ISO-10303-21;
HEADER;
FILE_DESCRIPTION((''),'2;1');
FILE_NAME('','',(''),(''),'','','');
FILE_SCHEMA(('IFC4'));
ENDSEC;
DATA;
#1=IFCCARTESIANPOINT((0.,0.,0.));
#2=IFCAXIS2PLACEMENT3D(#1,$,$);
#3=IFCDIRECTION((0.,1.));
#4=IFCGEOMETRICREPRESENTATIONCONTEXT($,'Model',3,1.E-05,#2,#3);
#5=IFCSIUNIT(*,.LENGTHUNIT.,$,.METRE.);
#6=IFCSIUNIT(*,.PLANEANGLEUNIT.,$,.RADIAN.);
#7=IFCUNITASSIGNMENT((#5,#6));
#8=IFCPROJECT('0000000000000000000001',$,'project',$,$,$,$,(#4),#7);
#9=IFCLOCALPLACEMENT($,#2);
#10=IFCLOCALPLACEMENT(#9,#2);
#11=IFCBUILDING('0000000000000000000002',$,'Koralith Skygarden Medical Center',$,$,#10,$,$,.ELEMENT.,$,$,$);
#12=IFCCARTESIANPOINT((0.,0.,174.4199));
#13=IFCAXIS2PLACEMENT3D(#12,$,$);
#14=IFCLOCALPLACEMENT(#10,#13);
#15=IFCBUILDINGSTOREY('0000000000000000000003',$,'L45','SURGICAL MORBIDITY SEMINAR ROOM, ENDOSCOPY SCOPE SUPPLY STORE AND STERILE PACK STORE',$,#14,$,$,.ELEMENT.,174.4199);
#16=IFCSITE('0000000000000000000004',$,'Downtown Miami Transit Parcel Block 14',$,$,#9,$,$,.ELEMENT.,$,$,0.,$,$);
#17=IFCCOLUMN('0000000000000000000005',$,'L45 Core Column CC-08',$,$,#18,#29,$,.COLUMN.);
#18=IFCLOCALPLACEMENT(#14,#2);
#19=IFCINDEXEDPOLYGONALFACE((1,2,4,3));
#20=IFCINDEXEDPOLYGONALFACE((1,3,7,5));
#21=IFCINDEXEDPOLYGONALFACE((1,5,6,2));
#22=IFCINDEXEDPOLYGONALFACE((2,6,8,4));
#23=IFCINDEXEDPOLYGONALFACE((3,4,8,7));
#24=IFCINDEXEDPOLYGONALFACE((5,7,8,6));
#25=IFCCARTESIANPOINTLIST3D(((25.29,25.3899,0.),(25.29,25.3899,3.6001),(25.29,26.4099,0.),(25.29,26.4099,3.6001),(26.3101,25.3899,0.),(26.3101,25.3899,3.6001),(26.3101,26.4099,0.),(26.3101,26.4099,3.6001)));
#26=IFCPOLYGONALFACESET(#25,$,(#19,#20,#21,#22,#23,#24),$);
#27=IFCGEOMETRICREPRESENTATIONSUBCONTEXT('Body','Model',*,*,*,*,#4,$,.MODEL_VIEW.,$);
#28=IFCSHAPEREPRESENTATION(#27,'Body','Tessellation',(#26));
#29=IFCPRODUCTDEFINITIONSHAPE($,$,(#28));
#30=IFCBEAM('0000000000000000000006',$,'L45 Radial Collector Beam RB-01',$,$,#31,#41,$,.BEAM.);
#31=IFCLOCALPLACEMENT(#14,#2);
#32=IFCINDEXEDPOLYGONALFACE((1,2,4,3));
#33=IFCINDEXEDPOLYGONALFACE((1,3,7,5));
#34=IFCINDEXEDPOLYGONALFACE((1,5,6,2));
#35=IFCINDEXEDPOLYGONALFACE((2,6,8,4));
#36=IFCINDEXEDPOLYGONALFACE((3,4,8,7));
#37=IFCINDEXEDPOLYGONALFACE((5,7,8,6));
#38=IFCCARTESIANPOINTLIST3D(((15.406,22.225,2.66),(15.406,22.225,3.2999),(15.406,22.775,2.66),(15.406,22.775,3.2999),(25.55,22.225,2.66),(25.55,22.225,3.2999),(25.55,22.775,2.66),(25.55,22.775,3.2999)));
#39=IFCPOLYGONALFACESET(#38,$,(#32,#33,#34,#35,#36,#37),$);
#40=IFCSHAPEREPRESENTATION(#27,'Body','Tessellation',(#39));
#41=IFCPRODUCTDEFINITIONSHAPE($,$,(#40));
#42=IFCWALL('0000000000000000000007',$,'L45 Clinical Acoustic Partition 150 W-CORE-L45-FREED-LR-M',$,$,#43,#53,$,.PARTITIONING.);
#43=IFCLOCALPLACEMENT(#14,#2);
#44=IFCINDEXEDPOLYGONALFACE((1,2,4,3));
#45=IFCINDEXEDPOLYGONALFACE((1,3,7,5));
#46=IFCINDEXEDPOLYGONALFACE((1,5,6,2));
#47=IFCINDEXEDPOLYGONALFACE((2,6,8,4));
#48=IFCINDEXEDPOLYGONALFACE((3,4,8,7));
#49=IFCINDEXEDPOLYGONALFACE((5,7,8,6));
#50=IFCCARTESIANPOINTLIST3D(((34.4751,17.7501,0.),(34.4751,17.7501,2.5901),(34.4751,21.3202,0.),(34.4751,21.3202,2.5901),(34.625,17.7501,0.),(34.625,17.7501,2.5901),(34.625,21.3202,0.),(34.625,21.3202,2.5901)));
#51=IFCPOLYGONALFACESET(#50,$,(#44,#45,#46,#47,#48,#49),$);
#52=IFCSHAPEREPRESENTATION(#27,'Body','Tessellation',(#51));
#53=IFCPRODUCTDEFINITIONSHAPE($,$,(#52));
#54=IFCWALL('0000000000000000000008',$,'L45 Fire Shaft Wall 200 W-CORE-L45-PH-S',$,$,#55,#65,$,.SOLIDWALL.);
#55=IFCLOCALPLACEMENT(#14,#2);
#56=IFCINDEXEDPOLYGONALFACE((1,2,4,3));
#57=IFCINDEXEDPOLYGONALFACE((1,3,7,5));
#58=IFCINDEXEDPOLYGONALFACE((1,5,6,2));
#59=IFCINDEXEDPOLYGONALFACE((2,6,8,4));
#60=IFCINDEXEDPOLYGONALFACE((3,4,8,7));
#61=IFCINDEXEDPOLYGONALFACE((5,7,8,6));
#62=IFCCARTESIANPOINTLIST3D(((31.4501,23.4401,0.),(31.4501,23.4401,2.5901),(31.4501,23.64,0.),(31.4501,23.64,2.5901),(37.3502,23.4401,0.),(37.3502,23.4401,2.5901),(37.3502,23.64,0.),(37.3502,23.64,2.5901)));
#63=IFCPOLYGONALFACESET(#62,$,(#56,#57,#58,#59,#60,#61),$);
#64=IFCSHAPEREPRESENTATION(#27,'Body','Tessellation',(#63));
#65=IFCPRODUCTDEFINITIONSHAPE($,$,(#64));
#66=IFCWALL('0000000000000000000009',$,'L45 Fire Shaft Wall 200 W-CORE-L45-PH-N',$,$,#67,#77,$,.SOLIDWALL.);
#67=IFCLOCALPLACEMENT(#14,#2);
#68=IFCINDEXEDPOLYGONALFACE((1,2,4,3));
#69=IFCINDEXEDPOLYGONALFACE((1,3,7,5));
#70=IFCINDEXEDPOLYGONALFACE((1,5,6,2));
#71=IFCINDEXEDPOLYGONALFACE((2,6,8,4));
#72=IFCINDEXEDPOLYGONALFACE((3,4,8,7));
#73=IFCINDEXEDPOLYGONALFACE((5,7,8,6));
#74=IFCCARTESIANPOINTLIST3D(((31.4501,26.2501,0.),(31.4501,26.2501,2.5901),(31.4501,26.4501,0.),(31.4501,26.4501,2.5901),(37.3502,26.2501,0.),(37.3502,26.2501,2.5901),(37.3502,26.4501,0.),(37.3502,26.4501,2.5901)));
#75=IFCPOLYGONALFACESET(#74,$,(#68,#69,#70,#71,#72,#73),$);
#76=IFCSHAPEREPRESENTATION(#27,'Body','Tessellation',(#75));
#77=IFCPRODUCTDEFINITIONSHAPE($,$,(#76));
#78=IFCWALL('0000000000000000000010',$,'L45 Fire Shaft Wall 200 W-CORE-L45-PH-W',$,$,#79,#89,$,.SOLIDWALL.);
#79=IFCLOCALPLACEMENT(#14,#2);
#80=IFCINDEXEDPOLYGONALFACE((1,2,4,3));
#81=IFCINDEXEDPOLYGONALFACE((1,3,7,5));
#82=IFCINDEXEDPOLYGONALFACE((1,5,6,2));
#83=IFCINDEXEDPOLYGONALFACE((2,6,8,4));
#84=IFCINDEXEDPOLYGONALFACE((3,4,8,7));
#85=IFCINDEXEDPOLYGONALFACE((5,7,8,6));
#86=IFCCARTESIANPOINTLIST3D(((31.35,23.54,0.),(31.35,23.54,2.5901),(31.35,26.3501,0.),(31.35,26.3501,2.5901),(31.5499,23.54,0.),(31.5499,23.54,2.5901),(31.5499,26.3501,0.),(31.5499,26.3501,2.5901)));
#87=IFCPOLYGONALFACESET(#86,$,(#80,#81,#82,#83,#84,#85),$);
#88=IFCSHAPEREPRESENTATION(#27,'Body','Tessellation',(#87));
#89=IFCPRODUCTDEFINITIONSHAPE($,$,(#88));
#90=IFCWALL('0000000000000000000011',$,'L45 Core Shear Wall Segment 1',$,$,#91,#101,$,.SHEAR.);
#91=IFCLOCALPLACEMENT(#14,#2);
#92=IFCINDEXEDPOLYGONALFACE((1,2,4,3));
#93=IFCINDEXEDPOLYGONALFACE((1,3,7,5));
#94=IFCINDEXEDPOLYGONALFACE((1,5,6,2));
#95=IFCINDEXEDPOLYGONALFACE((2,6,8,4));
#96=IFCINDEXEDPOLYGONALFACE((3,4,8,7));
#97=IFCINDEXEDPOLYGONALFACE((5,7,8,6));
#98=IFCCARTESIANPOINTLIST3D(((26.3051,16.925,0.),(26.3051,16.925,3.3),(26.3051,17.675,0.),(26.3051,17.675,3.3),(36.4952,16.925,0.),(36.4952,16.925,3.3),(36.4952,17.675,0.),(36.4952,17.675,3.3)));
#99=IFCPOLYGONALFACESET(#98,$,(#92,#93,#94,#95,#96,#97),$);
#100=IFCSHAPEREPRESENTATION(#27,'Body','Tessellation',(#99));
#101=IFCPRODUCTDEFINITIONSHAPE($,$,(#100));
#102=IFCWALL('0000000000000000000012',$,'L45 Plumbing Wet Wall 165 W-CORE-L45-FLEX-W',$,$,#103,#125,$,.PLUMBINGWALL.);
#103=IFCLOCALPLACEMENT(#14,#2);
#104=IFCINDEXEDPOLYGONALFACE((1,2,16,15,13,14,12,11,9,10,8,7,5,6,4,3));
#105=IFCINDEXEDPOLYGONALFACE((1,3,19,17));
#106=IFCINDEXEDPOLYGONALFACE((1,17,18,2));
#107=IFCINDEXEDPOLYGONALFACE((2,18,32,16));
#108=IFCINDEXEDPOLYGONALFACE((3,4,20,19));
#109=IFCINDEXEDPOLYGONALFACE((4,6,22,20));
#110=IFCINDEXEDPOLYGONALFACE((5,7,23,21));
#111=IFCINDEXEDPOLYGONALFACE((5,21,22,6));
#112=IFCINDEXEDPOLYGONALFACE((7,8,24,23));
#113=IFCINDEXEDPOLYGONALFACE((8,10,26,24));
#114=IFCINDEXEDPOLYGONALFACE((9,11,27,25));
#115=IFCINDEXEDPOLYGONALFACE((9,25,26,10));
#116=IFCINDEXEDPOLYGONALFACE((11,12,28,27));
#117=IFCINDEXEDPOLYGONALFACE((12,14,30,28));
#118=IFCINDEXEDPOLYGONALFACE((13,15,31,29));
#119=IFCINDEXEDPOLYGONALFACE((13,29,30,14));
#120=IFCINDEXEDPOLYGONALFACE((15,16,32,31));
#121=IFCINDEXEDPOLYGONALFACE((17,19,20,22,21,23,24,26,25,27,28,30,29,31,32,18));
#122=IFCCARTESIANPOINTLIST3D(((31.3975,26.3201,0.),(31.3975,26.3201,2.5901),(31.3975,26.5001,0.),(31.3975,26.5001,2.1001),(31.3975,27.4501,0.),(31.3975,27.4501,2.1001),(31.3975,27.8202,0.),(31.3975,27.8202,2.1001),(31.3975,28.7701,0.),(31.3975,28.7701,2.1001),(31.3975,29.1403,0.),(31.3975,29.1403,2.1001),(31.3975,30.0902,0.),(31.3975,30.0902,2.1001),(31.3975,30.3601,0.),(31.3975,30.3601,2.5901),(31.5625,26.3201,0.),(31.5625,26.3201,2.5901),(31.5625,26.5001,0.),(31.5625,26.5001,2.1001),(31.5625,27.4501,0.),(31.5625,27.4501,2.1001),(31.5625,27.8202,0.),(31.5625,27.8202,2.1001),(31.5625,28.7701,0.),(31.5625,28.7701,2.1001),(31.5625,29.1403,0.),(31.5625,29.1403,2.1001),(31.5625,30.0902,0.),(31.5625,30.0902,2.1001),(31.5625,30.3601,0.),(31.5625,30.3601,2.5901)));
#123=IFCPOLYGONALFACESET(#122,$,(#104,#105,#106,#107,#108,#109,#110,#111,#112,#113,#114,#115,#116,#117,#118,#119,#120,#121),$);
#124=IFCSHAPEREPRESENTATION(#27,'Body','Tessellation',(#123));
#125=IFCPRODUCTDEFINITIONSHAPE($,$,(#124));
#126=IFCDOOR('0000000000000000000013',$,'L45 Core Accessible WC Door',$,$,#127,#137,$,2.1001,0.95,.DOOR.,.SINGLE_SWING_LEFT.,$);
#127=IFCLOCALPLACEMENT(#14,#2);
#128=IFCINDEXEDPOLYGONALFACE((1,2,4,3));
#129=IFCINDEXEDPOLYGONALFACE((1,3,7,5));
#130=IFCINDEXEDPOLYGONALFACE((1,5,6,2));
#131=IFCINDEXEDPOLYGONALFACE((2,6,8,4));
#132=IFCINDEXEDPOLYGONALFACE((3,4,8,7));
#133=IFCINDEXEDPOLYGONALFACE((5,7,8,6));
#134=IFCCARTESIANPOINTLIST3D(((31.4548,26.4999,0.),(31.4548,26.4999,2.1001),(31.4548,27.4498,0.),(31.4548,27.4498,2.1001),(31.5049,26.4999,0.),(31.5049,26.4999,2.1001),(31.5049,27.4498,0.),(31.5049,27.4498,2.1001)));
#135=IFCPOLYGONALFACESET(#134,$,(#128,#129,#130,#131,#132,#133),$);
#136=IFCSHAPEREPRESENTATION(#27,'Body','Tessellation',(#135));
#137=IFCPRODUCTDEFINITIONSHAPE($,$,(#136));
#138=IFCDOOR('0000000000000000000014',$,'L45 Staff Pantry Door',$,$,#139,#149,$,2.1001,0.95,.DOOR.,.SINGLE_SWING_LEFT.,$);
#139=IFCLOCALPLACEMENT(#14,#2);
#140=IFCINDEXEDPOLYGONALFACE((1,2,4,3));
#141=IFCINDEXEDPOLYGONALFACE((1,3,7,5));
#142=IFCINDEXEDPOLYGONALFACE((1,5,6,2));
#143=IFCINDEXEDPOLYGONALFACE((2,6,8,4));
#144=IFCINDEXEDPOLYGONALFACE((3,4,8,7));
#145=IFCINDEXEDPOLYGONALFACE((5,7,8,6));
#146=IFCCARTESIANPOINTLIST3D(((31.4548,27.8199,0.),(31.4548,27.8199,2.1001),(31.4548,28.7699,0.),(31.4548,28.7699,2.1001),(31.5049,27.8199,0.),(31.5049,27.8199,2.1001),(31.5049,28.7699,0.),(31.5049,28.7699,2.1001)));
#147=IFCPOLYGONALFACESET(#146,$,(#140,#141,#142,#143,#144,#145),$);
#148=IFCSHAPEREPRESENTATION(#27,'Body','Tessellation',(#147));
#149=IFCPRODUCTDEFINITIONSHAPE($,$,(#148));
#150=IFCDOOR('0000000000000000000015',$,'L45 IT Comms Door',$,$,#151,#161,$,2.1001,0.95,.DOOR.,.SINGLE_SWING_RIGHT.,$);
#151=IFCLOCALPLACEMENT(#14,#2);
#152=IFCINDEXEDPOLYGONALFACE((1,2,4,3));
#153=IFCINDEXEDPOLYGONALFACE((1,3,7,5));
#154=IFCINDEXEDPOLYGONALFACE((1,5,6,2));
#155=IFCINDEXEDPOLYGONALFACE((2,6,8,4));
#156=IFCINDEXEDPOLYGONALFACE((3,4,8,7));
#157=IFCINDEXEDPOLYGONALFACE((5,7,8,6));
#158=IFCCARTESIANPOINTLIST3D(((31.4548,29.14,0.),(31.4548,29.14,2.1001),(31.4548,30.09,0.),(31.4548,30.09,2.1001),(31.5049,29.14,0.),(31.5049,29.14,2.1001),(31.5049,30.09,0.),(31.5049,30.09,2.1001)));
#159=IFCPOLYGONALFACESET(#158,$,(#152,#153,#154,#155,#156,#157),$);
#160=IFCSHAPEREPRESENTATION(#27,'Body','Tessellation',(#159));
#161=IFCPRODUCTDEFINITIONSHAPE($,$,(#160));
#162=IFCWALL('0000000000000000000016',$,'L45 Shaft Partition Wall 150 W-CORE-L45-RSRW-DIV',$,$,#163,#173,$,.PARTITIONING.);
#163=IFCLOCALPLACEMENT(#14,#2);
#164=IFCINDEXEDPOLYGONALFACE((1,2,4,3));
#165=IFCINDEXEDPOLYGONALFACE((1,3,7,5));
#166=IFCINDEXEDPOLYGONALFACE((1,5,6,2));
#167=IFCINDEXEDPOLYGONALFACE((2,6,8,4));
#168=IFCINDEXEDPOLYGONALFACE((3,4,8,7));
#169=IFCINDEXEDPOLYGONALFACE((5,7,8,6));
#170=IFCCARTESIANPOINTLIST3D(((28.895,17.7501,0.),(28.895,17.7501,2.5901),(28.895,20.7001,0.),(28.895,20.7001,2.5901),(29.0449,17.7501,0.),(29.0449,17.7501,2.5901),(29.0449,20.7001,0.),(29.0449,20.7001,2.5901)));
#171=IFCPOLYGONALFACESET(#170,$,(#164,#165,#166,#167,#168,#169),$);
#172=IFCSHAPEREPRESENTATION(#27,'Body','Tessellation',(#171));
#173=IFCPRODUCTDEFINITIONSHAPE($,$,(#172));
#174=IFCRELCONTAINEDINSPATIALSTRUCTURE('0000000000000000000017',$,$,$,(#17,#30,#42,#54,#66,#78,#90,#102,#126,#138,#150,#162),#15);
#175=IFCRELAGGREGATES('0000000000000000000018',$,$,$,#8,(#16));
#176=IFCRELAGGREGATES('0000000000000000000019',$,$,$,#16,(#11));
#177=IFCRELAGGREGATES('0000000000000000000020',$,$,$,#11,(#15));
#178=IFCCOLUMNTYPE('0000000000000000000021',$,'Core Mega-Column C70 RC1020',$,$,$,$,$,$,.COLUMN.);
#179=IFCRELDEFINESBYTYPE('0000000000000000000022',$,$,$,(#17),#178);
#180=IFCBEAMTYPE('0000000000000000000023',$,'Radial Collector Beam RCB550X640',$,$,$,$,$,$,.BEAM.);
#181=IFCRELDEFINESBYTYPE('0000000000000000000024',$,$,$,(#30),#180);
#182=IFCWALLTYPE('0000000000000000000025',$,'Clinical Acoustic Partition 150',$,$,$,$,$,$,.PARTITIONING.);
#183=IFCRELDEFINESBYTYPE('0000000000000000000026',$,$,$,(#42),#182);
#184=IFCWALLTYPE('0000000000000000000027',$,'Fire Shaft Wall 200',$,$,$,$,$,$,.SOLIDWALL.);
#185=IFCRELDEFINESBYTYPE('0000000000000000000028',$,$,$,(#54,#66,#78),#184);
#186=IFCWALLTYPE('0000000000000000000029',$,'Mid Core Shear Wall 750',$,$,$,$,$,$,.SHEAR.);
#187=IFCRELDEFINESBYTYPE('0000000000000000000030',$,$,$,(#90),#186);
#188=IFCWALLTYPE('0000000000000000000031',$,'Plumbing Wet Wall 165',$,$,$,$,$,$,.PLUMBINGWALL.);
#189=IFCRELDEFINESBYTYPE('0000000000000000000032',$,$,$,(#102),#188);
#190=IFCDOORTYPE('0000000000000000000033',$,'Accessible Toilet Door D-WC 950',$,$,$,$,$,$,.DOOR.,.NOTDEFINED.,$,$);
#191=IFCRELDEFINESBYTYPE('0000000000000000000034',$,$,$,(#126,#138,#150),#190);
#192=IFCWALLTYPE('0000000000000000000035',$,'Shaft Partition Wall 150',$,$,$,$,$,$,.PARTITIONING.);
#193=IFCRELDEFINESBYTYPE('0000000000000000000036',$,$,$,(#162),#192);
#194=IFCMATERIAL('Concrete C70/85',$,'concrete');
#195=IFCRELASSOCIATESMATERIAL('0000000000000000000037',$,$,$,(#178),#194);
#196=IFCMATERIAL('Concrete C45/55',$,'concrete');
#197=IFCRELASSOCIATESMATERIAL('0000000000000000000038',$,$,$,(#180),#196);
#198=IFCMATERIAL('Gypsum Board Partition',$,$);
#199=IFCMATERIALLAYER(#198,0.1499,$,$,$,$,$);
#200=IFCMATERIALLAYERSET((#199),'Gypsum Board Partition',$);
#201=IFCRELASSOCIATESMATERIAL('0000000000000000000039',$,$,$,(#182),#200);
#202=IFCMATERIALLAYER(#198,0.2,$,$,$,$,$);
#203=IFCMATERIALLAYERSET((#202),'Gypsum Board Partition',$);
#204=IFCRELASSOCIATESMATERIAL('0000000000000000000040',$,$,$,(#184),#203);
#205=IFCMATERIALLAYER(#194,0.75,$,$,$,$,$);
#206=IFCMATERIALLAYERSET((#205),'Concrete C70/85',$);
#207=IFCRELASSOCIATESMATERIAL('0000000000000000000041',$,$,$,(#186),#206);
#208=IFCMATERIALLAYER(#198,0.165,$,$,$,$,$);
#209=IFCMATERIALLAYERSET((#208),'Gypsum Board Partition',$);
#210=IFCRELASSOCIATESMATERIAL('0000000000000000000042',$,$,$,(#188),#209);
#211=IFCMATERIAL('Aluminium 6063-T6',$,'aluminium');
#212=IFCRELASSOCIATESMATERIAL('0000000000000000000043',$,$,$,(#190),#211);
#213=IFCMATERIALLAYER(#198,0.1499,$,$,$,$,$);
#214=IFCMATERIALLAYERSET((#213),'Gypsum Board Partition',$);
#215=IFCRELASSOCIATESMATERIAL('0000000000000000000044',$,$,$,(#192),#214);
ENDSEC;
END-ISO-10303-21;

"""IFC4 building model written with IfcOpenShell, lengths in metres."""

from ifc_helpers import new_model, si_unit, direction, frame, frame_2d, origin, origin_2d, place, context, subcontext, project, spatial, rectangle, extrude, material, layer, layer_set, material_profile, profile_set, type_object, element, fill, save


model = new_model("IFC4")

# Units and contexts
model_context = context("Model", 3, precision=1e-05, world=origin(), true_north=direction((0.0, 1.0)))
body_context = subcontext(model_context, "Body", "Model", "MODEL_VIEW")
ifc_project = project(units=[si_unit("LENGTHUNIT", "METRE"), si_unit("PLANEANGLEUNIT", "RADIAN")], contexts=[model_context])

# Site, building, storey
site_placement = place(None, origin())
site = spatial("IfcSite", under=ifc_project, at=site_placement, Name="Downtown Miami Transit Parcel Block 14", CompositionType="ELEMENT", RefElevation=0.0)
building_placement = place(site_placement, origin())
building = spatial("IfcBuilding", under=site, at=building_placement, Name="Koralith Skygarden Medical Center", CompositionType="ELEMENT")
storey_placement = place(building_placement, frame((0.0, 0.0, 174.4199)))
storey = spatial("IfcBuildingStorey", under=building, at=storey_placement, Name="L45", Description="SURGICAL MORBIDITY SEMINAR ROOM, ENDOSCOPY SCOPE SUPPLY STORE AND STERILE PACK STORE", CompositionType="ELEMENT", Elevation=174.4199)

# Column
ifc_material_1 = material(Name="Concrete C70/85", Category="concrete")
ifc_material_profile_1 = material_profile(ifc_material_1, rectangle(XDim=1.02, YDim=1.02, at=origin_2d()), Name="RC1020X1020")
ifc_profile_set_1 = profile_set([ifc_material_profile_1], Name="Concrete C70/85")
column_type = type_object("IfcColumnType", Name="Core Mega-Column C70 RC1020", PredefinedType="COLUMN", material=ifc_profile_set_1)
column_placement = place(storey_placement, frame((25.8, 25.8999, 0.0), z_axis=(0.0, 0.0, 1.0), x_axis=(1.0, 0.0, 0.0)))
element("IfcColumn", 1, at=column_placement, inside=storey, type_object=column_type, Name="L45 Core Column CC-08", PredefinedType="COLUMN", context=body_context, shape_type="SweptSolid", body=[
    extrude(rectangle(XDim=1.02, YDim=1.02, at=origin_2d()), origin(), (0.0, 0.0, 1.0), 3.6001),
])

# Beam
ifc_material_2 = material(Name="Concrete C45/55", Category="concrete")
ifc_material_profile_2 = material_profile(ifc_material_2, rectangle(XDim=0.55, YDim=0.6399, at=origin_2d()), Name="RCB550X640")
ifc_profile_set_2 = profile_set([ifc_material_profile_2], Name="Concrete C45/55")
beam_type = type_object("IfcBeamType", Name="Radial Collector Beam RCB550X640", PredefinedType="BEAM", material=ifc_profile_set_2)
beam_placement = place(storey_placement, frame((25.55, 22.5, 2.98), z_axis=(-1.0, 0.0, 0.0), x_axis=(0.0, -1.0, 0.0)))
element("IfcBeam", 2, at=beam_placement, inside=storey, type_object=beam_type, Name="L45 Radial Collector Beam RB-01", PredefinedType="BEAM", context=body_context, shape_type="SweptSolid", body=[
    extrude(rectangle(XDim=0.55, YDim=0.6399, at=origin_2d()), origin(), (0.0, 0.0, 1.0), 10.144),
])

# Shared definitions
ifc_material_3 = material(Name="Gypsum Board Partition")
ifc_layer_1 = layer(ifc_material_3, 0.1499)
ifc_layer_set_1 = layer_set([ifc_layer_1], Name="Gypsum Board Partition")
wall_type_1 = type_object("IfcWallType", Name="Clinical Acoustic Partition 150", PredefinedType="PARTITIONING", material=ifc_layer_set_1)
ifc_material_4 = material(Name="Aluminium 6063-T6", Category="aluminium")

# Wall
wall_1_placement = place(storey_placement, frame((34.55, 17.75, 0.0), z_axis=(0.0, 0.0, 1.0), x_axis=(0.0, 1.0, 0.0)))
element("IfcWall", 3, at=wall_1_placement, inside=storey, type_object=wall_type_1, Name="L45 Clinical Acoustic Partition 150 W-CORE-L45-FREED-LR-M", PredefinedType="PARTITIONING", context=body_context, shape_type="SweptSolid", body=[
    extrude(rectangle(XDim=3.5701, YDim=0.1499, at=frame_2d((1.7852, 0.0))), origin(), (0.0, 0.0, 1.0), 2.5901),
])

# Shared definitions
ifc_layer_2 = layer(ifc_material_3, 0.2)
ifc_layer_set_2 = layer_set([ifc_layer_2], Name="Gypsum Board Partition")
wall_type_2 = type_object("IfcWallType", Name="Fire Shaft Wall 200", PredefinedType="SOLIDWALL", material=ifc_layer_set_2)

# Walls
for number, where, z_axis, x_axis, name in (
    (4, (31.45, 23.54, 0.0), (0.0, 0.0, 1.0), (1.0, 0.0, 0.0), "L45 Fire Shaft Wall 200 W-CORE-L45-PH-S"),
    (5, (31.45, 26.3501, 0.0), (0.0, 0.0, 1.0), (1.0, 0.0, 0.0), "L45 Fire Shaft Wall 200 W-CORE-L45-PH-N"),
):
    element("IfcWall", number, at=place(storey_placement, frame(where, z_axis=z_axis, x_axis=x_axis)), inside=storey, type_object=wall_type_2, Name=name, PredefinedType="SOLIDWALL", context=body_context, shape_type="SweptSolid", body=[
        extrude(rectangle(XDim=5.9001, YDim=0.2, at=frame_2d((2.9502, 0.0))), origin(), (0.0, 0.0, 1.0), 2.5901),
    ])
wall_2_placement = place(storey_placement, frame((31.45, 23.54, 0.0), z_axis=(0.0, 0.0, 1.0), x_axis=(0.0, 1.0, 0.0)))
element("IfcWall", 6, at=wall_2_placement, inside=storey, type_object=wall_type_2, Name="L45 Fire Shaft Wall 200 W-CORE-L45-PH-W", PredefinedType="SOLIDWALL", context=body_context, shape_type="SweptSolid", body=[
    extrude(rectangle(XDim=2.8101, YDim=0.2, at=frame_2d((1.405, 0.0))), origin(), (0.0, 0.0, 1.0), 2.5901),
])
ifc_layer_3 = layer(ifc_material_1, 0.75)
ifc_layer_set_3 = layer_set([ifc_layer_3], Name="Concrete C70/85")
wall_type_3 = type_object("IfcWallType", Name="Mid Core Shear Wall 750", PredefinedType="SHEAR", material=ifc_layer_set_3)
wall_3_placement = place(storey_placement, frame((26.3049, 17.3, 0.0), z_axis=(0.0, 0.0, 1.0), x_axis=(1.0, 0.0, 0.0)))
element("IfcWall", 7, at=wall_3_placement, inside=storey, type_object=wall_type_3, Name="L45 Core Shear Wall Segment 1", PredefinedType="SHEAR", context=body_context, shape_type="SweptSolid", body=[
    extrude(rectangle(XDim=10.1902, YDim=0.75, at=frame_2d((5.0952, 0.0))), origin(), (0.0, 0.0, 1.0), 3.3),
])

# Wall, openings, doors
ifc_layer_4 = layer(ifc_material_3, 0.165)
ifc_layer_set_4 = layer_set([ifc_layer_4], Name="Gypsum Board Partition")
wall_type_4 = type_object("IfcWallType", Name="Plumbing Wet Wall 165", PredefinedType="PLUMBINGWALL", material=ifc_layer_set_4)
wall_4_placement = place(storey_placement, frame((31.48, 26.3201, 0.0), z_axis=(0.0, 0.0, 1.0), x_axis=(0.0, 1.0, 0.0)))
wall_4 = element("IfcWall", 8, at=wall_4_placement, inside=storey, type_object=wall_type_4, Name="L45 Plumbing Wet Wall 165 W-CORE-L45-FLEX-W", PredefinedType="PLUMBINGWALL", context=body_context, shape_type="SweptSolid", body=[
    extrude(rectangle(XDim=4.04, YDim=0.165, at=frame_2d((2.02, 0.0))), origin(), (0.0, 0.0, 1.0), 2.5901),
])
opening_1_placement = place(wall_4_placement, frame((0.1799, 0.0, 0.0)))
opening_1 = element("IfcOpeningElement", 9, at=opening_1_placement, cuts=wall_4, PredefinedType="OPENING", context=body_context, shape_type="SweptSolid", body=[
    extrude(rectangle(XDim=0.95, YDim=2.1001, at=frame_2d((0.4751, 1.05))), frame((0.0, 0.0925, 0.0), z_axis=(0.0, -1.0, 0.0), x_axis=(1.0, 0.0, 0.0)), (0.0, 0.0, 1.0), 0.1851),
])
opening_2_placement = place(wall_4_placement, frame((1.5, 0.0, 0.0)))
opening_2 = element("IfcOpeningElement", 10, at=opening_2_placement, cuts=wall_4, PredefinedType="OPENING", context=body_context, shape_type="SweptSolid", body=[
    extrude(rectangle(XDim=0.95, YDim=2.1001, at=frame_2d((0.4751, 1.05))), frame((0.0, 0.0925, 0.0), z_axis=(0.0, -1.0, 0.0), x_axis=(1.0, 0.0, 0.0)), (0.0, 0.0, 1.0), 0.1851),
])
opening_3_placement = place(wall_4_placement, frame((2.8201, 0.0, 0.0)))
opening_3 = element("IfcOpeningElement", 11, at=opening_3_placement, cuts=wall_4, PredefinedType="OPENING", context=body_context, shape_type="SweptSolid", body=[
    extrude(rectangle(XDim=0.95, YDim=2.1001, at=frame_2d((0.4751, 1.05))), frame((0.0, 0.0925, 0.0), z_axis=(0.0, -1.0, 0.0), x_axis=(1.0, 0.0, 0.0)), (0.0, 0.0, 1.0), 0.1851),
])
door_type_1 = type_object("IfcDoorType", Name="Accessible Toilet Door D-WC 950", OperationType="NOTDEFINED", PredefinedType="DOOR", material=ifc_material_4)
door_1_placement = place(opening_1_placement, frame((0.95, 0.0, 0.0), z_axis=(0.0, 0.0, 1.0), x_axis=(-1.0, 0.0, 0.0)))
door_1 = element("IfcDoor", 12, at=door_1_placement, inside=storey, type_object=door_type_1, Name="L45 Core Accessible WC Door", OperationType="SINGLE_SWING_LEFT", OverallHeight=2.1001, OverallWidth=0.95, PredefinedType="DOOR", context=body_context, shape_type="SweptSolid", body=[
    extrude(rectangle(XDim=0.95, YDim=2.1001, at=frame_2d((0.4751, 1.05))), frame((0.0, 0.0249, 0.0), z_axis=(0.0, -1.0, 0.0), x_axis=(1.0, 0.0, 0.0)), (0.0, 0.0, 1.0), 0.05),
])
fill(opening_1, door_1)
door_2_placement = place(opening_2_placement, frame((0.95, 0.0, 0.0), z_axis=(0.0, 0.0, 1.0), x_axis=(-1.0, 0.0, 0.0)))
door_2 = element("IfcDoor", 13, at=door_2_placement, inside=storey, type_object=door_type_1, Name="L45 Staff Pantry Door", OperationType="SINGLE_SWING_LEFT", OverallHeight=2.1001, OverallWidth=0.95, PredefinedType="DOOR", context=body_context, shape_type="SweptSolid", body=[
    extrude(rectangle(XDim=0.95, YDim=2.1001, at=frame_2d((0.4751, 1.05))), frame((0.0, 0.0249, 0.0), z_axis=(0.0, -1.0, 0.0), x_axis=(1.0, 0.0, 0.0)), (0.0, 0.0, 1.0), 0.05),
])
fill(opening_2, door_2)
door_3_placement = place(opening_3_placement, frame((0.95, 0.0, 0.0), z_axis=(0.0, 0.0, 1.0), x_axis=(-1.0, 0.0, 0.0)))
door_3 = element("IfcDoor", 14, at=door_3_placement, inside=storey, type_object=door_type_1, Name="L45 IT Comms Door", OperationType="SINGLE_SWING_RIGHT", OverallHeight=2.1001, OverallWidth=0.95, PredefinedType="DOOR", context=body_context, shape_type="SweptSolid", body=[
    extrude(rectangle(XDim=0.95, YDim=2.1001, at=frame_2d((0.4751, 1.05))), frame((0.0, 0.0249, 0.0), z_axis=(0.0, -1.0, 0.0), x_axis=(1.0, 0.0, 0.0)), (0.0, 0.0, 1.0), 0.05),
])
fill(opening_3, door_3)

# Wall
ifc_layer_5 = layer(ifc_material_3, 0.1499)
ifc_layer_set_5 = layer_set([ifc_layer_5], Name="Gypsum Board Partition")
wall_type_5 = type_object("IfcWallType", Name="Shaft Partition Wall 150", PredefinedType="PARTITIONING", material=ifc_layer_set_5)
wall_5_placement = place(storey_placement, frame((28.97, 17.75, 0.0), z_axis=(0.0, 0.0, 1.0), x_axis=(0.0, 1.0, 0.0)))
element("IfcWall", 15, at=wall_5_placement, inside=storey, type_object=wall_type_5, Name="L45 Shaft Partition Wall 150 W-CORE-L45-RSRW-DIV", PredefinedType="PARTITIONING", context=body_context, shape_type="SweptSolid", body=[
    extrude(rectangle(XDim=2.95, YDim=0.1499, at=frame_2d((1.4751, 0.0))), origin(), (0.0, 0.0, 1.0), 2.5901),
])

save(model, "model.ifc")
